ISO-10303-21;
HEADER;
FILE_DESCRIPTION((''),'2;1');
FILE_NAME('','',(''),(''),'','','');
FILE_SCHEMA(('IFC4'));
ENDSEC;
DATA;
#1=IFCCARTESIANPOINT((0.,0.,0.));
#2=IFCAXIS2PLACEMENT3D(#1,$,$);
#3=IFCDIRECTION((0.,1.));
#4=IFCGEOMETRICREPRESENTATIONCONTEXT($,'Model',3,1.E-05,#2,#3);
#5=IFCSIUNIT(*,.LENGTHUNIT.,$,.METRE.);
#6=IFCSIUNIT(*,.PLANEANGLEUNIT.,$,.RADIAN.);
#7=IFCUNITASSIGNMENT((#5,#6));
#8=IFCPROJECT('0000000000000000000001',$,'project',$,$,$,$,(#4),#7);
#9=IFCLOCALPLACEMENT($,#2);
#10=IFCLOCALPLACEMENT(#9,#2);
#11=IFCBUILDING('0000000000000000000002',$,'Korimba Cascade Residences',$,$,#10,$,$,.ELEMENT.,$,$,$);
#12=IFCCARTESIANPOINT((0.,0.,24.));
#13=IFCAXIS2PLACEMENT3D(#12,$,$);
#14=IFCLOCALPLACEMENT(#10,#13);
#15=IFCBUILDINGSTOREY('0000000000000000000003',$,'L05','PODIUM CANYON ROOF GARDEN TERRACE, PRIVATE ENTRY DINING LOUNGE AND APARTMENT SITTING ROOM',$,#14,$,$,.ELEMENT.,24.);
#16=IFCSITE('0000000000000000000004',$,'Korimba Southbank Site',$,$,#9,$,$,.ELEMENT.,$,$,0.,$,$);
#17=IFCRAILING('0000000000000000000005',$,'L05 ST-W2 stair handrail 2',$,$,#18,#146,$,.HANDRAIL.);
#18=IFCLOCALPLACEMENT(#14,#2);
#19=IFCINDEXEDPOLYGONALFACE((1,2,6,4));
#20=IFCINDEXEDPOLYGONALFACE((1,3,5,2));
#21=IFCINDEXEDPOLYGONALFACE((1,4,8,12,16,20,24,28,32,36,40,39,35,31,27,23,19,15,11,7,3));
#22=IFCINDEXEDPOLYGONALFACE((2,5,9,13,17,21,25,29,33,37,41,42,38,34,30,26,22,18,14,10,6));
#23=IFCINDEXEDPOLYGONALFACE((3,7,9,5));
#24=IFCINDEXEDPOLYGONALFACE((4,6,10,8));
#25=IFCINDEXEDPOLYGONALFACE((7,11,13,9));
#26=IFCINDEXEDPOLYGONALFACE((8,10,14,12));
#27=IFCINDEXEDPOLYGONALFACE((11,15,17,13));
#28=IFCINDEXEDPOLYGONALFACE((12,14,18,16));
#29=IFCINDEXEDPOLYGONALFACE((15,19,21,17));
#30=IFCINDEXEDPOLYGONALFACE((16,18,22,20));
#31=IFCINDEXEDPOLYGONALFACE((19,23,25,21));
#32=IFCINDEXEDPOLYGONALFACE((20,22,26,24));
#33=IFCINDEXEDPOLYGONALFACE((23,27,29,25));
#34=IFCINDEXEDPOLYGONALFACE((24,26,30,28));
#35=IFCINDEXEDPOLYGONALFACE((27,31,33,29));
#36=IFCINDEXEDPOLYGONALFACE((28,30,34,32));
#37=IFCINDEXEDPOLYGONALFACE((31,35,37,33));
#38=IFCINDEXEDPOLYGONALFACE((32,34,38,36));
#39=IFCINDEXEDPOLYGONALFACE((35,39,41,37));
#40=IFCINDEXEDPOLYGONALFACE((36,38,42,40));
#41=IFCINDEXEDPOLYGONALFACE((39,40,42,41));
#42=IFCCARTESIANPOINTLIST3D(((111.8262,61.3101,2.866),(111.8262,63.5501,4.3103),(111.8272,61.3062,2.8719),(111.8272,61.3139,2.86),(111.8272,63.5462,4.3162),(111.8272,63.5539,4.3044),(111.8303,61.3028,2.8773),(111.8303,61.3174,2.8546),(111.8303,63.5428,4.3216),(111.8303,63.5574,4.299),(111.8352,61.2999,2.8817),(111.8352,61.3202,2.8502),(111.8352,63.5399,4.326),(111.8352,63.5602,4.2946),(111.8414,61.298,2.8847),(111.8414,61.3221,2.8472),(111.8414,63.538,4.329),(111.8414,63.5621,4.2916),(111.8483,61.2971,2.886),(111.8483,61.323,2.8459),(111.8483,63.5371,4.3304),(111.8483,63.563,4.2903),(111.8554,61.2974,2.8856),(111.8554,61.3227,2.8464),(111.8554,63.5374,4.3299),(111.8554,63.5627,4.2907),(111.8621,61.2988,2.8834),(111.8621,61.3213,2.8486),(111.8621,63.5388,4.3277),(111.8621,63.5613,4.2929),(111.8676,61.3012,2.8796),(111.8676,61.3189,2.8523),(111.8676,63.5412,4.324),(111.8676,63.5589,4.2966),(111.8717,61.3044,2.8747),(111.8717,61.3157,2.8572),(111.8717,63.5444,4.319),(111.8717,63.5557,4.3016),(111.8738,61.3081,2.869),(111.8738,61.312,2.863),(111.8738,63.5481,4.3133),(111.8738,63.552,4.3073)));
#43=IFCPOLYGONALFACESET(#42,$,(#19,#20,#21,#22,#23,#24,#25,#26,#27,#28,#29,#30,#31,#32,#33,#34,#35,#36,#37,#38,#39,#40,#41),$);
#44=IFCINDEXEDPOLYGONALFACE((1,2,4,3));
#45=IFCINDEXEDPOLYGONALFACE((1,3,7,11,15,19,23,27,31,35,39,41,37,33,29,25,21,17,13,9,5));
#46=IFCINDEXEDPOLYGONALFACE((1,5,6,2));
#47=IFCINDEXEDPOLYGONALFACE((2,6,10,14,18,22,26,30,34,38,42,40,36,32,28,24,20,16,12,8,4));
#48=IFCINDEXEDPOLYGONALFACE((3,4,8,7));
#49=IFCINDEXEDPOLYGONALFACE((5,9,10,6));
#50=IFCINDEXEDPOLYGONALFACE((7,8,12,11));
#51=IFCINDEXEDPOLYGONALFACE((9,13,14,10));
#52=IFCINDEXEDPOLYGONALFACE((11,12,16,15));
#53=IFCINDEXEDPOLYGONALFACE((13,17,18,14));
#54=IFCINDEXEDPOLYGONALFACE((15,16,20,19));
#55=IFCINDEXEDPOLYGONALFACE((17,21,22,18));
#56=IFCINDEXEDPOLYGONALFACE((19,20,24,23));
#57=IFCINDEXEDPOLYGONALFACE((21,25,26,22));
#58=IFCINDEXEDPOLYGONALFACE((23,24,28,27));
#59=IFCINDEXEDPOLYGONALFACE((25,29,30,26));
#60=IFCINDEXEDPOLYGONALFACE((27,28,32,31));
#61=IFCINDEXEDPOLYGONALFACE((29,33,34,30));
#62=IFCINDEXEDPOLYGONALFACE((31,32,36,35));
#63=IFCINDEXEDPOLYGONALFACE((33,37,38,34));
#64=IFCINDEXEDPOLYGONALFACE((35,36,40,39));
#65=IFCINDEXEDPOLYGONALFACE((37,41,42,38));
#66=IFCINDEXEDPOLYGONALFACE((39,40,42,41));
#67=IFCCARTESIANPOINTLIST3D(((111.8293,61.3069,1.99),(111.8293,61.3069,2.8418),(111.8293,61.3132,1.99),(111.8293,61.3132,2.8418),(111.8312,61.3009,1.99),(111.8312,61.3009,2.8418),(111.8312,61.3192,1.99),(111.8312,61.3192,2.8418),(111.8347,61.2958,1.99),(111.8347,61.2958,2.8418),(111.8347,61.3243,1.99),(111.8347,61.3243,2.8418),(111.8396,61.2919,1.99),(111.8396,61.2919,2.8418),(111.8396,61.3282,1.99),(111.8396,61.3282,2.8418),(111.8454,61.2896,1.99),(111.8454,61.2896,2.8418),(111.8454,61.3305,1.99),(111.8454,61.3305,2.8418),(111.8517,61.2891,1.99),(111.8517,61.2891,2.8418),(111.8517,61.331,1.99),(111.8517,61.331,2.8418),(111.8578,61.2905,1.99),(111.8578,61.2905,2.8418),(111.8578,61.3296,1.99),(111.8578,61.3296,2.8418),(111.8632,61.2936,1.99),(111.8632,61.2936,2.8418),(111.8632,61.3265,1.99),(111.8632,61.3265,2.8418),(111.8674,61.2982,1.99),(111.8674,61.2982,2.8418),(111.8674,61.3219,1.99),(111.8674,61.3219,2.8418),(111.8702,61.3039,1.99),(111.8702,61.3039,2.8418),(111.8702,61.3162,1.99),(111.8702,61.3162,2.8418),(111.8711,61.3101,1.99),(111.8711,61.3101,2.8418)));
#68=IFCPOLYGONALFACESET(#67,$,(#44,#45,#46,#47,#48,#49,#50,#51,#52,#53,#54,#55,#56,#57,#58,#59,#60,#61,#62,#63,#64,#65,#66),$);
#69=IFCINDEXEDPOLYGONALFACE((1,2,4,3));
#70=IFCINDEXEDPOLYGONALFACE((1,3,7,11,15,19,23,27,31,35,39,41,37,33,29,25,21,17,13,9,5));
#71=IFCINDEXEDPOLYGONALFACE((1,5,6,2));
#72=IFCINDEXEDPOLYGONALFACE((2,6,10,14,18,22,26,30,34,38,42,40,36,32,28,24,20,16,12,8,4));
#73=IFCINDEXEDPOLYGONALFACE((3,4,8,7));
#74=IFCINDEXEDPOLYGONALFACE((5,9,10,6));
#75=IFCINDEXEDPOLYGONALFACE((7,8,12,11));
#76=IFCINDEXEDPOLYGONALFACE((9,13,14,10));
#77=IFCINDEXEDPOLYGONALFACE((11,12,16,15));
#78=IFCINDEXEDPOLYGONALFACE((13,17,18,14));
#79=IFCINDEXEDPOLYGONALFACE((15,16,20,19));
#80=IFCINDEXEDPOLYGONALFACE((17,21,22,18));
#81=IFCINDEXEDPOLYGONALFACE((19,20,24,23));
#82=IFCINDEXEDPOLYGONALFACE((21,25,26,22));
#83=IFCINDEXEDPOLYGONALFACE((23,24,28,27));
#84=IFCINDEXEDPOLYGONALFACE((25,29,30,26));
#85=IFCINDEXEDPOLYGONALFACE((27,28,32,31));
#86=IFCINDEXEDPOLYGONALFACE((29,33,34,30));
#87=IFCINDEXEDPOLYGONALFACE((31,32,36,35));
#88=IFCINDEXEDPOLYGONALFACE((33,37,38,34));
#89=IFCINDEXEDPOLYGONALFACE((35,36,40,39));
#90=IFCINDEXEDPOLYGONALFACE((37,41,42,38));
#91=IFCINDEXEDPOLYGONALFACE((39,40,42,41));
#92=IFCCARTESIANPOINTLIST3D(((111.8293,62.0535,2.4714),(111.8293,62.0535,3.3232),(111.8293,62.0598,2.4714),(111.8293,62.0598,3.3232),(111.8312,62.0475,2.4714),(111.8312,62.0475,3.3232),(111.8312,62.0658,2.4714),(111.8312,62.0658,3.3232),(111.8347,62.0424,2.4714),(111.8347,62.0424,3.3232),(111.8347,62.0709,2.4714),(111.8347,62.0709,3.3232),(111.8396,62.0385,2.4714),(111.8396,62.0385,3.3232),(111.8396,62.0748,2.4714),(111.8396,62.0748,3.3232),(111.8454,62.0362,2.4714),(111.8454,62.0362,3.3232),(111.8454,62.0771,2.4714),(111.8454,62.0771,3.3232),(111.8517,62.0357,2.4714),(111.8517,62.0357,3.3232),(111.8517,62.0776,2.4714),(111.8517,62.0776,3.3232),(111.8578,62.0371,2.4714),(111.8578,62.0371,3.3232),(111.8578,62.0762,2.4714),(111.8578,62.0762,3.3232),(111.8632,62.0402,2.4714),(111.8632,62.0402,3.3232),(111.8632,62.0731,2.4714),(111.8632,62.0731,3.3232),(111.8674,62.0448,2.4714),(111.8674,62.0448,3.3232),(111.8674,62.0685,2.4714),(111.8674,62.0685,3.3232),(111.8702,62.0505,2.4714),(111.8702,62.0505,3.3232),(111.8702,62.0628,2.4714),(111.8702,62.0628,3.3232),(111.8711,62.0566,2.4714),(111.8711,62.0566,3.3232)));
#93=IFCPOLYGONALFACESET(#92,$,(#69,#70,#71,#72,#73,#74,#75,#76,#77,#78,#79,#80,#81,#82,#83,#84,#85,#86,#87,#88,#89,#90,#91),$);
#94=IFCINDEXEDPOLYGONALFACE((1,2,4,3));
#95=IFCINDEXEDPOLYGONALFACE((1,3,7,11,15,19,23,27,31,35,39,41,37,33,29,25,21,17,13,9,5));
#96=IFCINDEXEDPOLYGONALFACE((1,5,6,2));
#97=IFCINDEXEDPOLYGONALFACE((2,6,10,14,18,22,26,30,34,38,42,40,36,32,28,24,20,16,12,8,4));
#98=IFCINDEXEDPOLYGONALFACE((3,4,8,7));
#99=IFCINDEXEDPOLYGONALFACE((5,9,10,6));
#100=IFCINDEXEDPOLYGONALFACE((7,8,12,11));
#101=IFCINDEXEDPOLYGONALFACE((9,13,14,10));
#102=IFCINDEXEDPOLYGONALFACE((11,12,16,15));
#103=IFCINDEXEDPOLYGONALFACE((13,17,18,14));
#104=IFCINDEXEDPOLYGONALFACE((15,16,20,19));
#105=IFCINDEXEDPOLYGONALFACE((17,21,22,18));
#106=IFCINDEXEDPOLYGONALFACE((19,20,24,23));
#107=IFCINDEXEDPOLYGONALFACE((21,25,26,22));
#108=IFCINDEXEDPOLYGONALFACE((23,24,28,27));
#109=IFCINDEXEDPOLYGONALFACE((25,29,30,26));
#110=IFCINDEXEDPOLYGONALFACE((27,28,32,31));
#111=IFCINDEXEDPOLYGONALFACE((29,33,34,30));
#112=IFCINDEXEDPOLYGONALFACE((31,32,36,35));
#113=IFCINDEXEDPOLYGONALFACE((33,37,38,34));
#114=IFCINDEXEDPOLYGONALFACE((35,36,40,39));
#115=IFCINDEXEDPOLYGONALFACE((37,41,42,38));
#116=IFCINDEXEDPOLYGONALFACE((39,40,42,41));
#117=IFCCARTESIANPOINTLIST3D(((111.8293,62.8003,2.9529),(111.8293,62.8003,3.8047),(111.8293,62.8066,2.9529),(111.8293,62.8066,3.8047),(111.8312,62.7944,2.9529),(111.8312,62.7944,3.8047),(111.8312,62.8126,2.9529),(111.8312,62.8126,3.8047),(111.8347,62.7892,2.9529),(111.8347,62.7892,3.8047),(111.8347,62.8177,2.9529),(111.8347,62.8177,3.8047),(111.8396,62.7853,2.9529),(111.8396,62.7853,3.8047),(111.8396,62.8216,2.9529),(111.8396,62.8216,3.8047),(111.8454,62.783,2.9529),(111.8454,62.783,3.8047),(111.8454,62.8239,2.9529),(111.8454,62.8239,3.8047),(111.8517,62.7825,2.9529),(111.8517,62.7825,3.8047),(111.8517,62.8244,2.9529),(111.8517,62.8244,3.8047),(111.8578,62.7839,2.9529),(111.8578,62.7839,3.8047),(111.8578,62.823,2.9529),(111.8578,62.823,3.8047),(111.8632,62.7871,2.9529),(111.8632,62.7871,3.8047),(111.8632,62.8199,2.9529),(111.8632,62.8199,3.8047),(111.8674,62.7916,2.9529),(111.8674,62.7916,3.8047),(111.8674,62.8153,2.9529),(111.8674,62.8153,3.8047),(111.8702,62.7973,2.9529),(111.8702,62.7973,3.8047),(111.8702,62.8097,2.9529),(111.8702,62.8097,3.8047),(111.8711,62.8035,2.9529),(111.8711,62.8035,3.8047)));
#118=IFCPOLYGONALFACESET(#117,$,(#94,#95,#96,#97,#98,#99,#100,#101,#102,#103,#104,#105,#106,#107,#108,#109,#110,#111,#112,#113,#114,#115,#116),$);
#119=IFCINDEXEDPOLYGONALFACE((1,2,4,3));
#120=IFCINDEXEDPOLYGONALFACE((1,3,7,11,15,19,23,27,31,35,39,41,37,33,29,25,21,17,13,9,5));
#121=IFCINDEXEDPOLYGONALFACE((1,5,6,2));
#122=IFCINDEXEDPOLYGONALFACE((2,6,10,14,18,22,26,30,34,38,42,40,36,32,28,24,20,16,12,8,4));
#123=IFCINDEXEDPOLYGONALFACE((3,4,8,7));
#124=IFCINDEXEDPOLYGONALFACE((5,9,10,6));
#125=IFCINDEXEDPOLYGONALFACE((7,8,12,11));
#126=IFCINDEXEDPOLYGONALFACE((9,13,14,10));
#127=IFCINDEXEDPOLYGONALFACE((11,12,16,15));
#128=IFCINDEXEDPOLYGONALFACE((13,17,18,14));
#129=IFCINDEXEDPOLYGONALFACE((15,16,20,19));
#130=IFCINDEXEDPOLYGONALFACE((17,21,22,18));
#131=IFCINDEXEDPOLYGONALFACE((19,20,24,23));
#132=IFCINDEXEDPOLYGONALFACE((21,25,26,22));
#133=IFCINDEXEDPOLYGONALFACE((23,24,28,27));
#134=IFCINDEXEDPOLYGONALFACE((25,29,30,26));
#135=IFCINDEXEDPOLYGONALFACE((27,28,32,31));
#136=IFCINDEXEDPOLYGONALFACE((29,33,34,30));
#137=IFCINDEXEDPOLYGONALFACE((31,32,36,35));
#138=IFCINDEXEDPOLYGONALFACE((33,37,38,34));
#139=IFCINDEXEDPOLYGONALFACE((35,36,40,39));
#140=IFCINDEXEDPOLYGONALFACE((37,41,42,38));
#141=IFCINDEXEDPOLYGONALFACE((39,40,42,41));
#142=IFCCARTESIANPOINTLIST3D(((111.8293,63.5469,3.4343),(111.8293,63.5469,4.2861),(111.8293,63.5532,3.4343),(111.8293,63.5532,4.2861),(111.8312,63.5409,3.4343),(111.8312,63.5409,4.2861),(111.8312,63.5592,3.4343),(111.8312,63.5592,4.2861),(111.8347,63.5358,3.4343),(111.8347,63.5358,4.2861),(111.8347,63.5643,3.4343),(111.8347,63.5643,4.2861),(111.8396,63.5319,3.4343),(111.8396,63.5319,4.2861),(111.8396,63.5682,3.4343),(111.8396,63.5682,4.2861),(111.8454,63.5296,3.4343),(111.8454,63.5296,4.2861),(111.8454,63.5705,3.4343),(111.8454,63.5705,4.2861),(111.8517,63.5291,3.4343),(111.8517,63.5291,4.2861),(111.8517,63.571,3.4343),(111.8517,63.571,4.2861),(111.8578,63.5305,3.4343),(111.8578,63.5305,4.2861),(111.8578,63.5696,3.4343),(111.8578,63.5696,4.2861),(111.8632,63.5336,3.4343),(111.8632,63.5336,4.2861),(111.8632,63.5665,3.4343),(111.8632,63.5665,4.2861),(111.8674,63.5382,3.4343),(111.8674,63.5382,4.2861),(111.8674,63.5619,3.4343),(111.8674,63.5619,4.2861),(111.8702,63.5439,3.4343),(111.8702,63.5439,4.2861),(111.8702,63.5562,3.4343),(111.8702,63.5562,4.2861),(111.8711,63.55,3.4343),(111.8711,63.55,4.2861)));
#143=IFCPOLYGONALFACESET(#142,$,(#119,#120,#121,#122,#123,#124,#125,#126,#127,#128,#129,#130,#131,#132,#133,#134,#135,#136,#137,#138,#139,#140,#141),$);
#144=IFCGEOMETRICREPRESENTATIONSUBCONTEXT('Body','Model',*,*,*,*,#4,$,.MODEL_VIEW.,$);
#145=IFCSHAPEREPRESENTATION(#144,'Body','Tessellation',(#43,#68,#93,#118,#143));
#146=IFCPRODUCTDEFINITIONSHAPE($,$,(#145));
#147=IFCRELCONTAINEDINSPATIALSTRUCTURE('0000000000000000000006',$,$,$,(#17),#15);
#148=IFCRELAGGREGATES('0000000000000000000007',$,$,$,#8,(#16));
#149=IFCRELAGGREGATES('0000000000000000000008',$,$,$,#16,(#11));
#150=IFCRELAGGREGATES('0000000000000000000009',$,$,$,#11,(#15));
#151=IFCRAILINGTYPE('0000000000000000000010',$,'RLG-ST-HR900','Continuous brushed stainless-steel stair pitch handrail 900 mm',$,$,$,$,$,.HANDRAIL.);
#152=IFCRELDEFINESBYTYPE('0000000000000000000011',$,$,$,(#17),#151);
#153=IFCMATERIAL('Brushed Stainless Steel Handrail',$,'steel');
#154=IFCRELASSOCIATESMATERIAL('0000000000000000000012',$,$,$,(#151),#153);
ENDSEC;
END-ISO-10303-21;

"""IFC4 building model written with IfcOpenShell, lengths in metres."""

from ifc_helpers import new_model, si_unit, direction, frame, origin, origin_2d, place, context, subcontext, project, spatial, circle, extrude, material, type_object, element, save


model = new_model("IFC4")

# Units and contexts
model_context = context("Model", 3, precision=1e-05, world=origin(), true_north=direction((0.0, 1.0)))
body_context = subcontext(model_context, "Body", "Model", "MODEL_VIEW")
ifc_project = project(units=[si_unit("LENGTHUNIT", "METRE"), si_unit("PLANEANGLEUNIT", "RADIAN")], contexts=[model_context])

# Site, building, storey
site_placement = place(None, origin())
site = spatial("IfcSite", under=ifc_project, at=site_placement, Name="Korimba Southbank Site", CompositionType="ELEMENT", RefElevation=0.0)
building_placement = place(site_placement, origin())
building = spatial("IfcBuilding", under=site, at=building_placement, Name="Korimba Cascade Residences", CompositionType="ELEMENT")
storey_placement = place(building_placement, frame((0.0, 0.0, 24.0)))
storey = spatial("IfcBuildingStorey", under=building, at=storey_placement, Name="L05", Description="PODIUM CANYON ROOF GARDEN TERRACE, PRIVATE ENTRY DINING LOUNGE AND APARTMENT SITTING ROOM", CompositionType="ELEMENT", Elevation=24.0)

# Railing
ifc_material_1 = material(Name="Brushed Stainless Steel Handrail", Category="steel")
railing_type_1 = type_object("IfcRailingType", Name="RLG-ST-HR900", Description="Continuous brushed stainless-steel stair pitch handrail 900 mm", PredefinedType="HANDRAIL", material=ifc_material_1)
railing_1_placement = place(storey_placement, frame((111.8501, 61.3101, 1.99)))
element("IfcRailing", 1, at=railing_1_placement, inside=storey, type_object=railing_type_1, Name="L05 ST-W2 stair handrail 2", PredefinedType="HANDRAIL", context=body_context, shape_type="SweptSolid", body=[
    extrude(circle(Radius=0.0239, at=origin_2d()), frame((0.0, 0.0, 0.876), z_axis=(0.0, 0.840437, 0.54191), x_axis=(-1.0, 0.0, 0.0)), (0.0, 0.0, 1.0), 2.6653),
    extrude(circle(Radius=0.021, at=origin_2d()), origin(), (0.0, 0.0, 1.0), 0.8518),
    extrude(circle(Radius=0.021, at=origin_2d()), frame((0.0, 0.7466, 0.4814)), (0.0, 0.0, 1.0), 0.8518),
    extrude(circle(Radius=0.021, at=origin_2d()), frame((0.0, 1.4934, 0.9629)), (0.0, 0.0, 1.0), 0.8518),
    extrude(circle(Radius=0.021, at=origin_2d()), frame((0.0, 2.24, 1.4443)), (0.0, 0.0, 1.0), 0.8518),
])

save(model, "model.ifc")
